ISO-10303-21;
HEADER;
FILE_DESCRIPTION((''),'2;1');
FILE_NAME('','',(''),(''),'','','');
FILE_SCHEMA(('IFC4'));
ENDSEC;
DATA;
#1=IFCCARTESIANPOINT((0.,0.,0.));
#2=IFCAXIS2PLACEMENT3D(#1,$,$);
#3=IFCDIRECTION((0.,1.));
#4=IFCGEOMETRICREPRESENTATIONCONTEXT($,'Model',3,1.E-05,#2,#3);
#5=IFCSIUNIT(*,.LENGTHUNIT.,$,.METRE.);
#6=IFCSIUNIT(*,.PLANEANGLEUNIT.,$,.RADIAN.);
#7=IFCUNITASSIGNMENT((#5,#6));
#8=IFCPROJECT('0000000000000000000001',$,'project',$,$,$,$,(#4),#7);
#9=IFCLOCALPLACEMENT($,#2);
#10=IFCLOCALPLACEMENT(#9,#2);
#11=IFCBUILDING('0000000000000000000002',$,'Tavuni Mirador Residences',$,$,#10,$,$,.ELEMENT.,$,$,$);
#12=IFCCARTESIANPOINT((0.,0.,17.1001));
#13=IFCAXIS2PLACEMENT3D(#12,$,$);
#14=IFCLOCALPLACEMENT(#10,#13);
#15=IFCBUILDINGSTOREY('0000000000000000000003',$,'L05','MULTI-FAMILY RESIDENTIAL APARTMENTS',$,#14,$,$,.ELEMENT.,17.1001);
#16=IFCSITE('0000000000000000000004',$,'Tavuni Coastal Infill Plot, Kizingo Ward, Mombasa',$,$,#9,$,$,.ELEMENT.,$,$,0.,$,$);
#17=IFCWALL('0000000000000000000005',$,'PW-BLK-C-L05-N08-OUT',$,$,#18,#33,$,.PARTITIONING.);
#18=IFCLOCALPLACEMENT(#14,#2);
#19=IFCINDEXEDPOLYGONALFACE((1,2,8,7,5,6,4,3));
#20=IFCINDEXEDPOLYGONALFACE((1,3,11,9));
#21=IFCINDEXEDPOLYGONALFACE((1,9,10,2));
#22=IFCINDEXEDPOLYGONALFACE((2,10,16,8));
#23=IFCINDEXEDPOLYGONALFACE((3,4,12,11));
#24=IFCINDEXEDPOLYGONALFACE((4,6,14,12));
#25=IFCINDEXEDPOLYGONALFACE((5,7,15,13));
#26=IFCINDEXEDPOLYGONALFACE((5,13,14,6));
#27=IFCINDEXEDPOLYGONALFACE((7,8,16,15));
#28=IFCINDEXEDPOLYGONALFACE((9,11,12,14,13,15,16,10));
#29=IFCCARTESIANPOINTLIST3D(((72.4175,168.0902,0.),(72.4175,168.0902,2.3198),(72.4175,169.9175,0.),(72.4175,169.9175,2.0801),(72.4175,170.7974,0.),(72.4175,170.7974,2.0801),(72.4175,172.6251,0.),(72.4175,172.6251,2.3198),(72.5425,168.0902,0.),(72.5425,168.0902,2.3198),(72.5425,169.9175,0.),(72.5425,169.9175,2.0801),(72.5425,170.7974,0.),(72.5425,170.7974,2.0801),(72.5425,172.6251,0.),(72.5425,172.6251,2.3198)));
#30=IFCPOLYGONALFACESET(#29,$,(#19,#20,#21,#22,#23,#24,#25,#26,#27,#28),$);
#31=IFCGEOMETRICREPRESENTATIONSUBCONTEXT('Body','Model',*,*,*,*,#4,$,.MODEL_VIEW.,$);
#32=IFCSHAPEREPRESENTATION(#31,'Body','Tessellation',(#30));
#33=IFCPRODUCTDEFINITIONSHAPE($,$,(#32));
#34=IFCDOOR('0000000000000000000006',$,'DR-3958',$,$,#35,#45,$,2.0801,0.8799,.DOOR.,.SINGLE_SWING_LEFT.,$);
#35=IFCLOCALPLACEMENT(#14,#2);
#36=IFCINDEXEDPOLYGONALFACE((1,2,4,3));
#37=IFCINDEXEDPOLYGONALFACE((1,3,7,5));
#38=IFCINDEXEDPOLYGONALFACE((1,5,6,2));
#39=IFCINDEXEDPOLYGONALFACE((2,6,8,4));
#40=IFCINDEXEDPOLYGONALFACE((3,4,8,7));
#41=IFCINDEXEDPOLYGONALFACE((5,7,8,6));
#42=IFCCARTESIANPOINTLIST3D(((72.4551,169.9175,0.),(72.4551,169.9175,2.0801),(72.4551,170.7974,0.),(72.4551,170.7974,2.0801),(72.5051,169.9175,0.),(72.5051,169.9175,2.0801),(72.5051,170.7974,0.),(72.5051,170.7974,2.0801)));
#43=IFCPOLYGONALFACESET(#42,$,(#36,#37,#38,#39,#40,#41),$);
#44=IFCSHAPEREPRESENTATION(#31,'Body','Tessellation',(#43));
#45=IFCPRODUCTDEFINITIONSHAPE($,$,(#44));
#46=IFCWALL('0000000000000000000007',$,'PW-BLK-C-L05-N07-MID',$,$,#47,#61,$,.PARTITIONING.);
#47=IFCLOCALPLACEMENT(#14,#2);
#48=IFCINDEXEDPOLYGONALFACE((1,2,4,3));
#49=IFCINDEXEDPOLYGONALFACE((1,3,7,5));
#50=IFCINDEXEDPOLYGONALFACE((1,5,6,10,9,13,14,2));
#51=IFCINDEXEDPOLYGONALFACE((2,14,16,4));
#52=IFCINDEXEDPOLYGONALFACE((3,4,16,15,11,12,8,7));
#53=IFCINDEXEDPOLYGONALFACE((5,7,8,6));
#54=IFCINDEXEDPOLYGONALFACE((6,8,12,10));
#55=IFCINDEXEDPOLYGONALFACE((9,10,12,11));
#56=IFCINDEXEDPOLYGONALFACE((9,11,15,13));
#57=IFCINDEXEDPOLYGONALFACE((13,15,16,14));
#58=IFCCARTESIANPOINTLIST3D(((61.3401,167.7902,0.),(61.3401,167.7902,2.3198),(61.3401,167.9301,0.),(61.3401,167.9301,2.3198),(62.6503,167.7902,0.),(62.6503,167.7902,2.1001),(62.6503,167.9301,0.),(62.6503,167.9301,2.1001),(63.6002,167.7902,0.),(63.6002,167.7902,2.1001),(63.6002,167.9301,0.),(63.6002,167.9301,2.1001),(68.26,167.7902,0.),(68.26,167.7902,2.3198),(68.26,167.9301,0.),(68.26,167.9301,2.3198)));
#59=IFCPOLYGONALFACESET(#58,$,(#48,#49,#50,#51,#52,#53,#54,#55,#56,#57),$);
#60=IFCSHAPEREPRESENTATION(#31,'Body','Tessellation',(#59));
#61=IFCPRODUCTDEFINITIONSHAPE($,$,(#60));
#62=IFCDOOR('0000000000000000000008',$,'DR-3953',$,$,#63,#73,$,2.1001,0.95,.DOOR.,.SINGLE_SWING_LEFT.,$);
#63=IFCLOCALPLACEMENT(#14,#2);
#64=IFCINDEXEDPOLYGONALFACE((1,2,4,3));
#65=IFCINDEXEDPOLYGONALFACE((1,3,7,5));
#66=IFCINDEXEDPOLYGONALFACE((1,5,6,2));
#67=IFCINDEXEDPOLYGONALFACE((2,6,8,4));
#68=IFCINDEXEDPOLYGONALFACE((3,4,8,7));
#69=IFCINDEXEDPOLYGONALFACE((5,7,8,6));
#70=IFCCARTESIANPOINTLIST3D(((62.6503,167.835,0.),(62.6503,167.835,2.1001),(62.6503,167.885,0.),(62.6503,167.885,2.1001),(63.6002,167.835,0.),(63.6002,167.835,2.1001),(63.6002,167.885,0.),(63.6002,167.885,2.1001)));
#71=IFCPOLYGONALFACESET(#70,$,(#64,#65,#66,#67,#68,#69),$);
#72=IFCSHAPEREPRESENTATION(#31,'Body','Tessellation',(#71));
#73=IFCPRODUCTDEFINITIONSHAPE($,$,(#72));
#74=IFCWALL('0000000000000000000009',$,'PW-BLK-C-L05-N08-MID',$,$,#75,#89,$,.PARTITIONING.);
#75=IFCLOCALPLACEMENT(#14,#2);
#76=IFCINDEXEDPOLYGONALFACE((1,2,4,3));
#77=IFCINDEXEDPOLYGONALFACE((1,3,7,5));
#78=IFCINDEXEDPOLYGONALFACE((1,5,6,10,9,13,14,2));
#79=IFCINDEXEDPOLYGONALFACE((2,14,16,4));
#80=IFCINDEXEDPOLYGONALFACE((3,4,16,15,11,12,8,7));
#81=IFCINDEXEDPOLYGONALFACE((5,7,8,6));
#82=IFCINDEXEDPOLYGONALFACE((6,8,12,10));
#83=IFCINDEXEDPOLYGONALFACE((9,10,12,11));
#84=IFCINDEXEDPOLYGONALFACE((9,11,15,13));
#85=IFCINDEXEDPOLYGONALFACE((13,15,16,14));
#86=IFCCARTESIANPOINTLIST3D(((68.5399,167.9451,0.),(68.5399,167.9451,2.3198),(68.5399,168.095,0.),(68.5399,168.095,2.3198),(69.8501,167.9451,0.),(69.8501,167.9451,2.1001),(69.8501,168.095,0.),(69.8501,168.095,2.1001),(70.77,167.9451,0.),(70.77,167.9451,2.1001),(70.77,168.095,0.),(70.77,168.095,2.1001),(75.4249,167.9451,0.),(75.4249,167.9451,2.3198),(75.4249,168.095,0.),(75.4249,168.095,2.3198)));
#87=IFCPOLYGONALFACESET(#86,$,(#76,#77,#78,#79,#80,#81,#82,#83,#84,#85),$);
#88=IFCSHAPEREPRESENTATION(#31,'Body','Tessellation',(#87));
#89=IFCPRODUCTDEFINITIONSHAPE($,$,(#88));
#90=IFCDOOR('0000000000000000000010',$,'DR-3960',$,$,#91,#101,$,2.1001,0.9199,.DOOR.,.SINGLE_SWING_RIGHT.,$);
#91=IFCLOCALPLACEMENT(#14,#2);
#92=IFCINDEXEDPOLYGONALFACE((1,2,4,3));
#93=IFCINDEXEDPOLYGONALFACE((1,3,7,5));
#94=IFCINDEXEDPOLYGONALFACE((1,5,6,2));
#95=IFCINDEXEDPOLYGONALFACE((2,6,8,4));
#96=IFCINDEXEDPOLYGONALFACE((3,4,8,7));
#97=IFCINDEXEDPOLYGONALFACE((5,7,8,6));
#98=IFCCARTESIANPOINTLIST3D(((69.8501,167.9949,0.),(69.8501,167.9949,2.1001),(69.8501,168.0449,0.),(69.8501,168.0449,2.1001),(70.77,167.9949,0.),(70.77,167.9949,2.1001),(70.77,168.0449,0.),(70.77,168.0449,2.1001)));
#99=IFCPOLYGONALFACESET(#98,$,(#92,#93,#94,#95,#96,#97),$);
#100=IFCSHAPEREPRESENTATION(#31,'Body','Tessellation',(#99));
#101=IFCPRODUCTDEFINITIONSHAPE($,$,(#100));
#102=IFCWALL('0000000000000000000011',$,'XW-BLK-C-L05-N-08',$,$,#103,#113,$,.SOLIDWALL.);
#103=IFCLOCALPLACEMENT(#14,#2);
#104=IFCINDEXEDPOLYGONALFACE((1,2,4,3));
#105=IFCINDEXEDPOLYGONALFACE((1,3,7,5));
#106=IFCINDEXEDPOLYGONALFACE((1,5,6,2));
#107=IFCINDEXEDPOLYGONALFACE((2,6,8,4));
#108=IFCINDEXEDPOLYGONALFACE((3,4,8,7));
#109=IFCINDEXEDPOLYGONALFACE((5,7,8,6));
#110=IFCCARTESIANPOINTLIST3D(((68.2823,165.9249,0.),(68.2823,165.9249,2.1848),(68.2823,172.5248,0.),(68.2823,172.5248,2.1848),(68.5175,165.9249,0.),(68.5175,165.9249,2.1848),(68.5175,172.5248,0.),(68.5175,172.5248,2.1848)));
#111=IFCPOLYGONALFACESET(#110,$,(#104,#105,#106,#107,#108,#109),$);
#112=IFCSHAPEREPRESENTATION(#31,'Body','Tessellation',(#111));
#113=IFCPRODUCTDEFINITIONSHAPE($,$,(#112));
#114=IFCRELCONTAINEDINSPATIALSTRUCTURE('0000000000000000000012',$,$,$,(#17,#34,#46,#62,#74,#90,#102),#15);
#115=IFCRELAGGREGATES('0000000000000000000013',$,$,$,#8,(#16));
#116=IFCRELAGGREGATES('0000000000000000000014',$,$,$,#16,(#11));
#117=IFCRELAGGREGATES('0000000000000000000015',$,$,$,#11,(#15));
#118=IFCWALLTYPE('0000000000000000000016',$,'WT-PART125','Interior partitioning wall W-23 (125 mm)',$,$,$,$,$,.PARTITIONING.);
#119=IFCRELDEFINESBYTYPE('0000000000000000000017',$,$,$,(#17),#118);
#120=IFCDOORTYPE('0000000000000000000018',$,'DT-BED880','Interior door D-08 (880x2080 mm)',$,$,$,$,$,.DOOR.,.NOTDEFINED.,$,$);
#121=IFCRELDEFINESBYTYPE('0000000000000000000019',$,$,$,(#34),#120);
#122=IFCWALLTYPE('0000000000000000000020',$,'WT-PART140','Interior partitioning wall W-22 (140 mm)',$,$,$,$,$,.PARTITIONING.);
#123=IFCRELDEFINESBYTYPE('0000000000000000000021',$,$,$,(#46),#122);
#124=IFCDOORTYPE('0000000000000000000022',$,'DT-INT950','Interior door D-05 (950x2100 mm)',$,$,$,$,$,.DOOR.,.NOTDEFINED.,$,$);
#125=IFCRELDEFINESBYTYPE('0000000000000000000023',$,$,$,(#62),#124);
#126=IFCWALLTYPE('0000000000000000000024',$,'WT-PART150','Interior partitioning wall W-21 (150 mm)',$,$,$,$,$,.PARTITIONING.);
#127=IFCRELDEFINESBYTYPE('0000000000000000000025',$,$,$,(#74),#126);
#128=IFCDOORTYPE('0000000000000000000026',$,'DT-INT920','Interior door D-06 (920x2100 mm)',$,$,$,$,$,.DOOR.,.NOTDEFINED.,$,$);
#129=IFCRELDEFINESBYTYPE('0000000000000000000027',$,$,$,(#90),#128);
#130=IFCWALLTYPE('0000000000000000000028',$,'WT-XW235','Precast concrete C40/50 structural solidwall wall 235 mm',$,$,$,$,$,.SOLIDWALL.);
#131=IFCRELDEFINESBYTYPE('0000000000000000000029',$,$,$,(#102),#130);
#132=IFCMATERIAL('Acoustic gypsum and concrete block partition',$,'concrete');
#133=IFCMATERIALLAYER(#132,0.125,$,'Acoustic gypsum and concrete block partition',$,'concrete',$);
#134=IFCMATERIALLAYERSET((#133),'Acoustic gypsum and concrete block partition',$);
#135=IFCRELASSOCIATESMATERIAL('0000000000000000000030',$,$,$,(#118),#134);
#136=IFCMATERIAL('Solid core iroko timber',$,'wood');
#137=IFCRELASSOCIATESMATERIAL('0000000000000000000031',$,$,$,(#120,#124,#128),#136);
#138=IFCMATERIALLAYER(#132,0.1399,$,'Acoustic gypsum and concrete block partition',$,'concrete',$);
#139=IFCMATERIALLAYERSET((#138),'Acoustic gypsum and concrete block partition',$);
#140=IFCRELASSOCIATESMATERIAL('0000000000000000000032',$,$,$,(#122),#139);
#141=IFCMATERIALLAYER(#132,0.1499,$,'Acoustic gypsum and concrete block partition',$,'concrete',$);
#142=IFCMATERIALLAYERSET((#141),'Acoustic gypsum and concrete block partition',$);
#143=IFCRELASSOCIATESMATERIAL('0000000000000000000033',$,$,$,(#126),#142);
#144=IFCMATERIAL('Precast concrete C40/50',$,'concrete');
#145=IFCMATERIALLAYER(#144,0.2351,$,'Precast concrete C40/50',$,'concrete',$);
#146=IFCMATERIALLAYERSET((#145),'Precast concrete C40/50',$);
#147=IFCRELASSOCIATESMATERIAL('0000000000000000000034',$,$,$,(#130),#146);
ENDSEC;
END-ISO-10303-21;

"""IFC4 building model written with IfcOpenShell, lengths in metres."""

from ifc_helpers import new_model, si_unit, direction, frame, frame_2d, origin, place, context, subcontext, project, spatial, rectangle, extrude, material, layer, layer_set, type_object, element, fill, save


model = new_model("IFC4")

# Units and contexts
model_context = context("Model", 3, precision=1e-05, world=origin(), true_north=direction((0.0, 1.0)))
body_context = subcontext(model_context, "Body", "Model", "MODEL_VIEW")
ifc_project = project(units=[si_unit("LENGTHUNIT", "METRE"), si_unit("PLANEANGLEUNIT", "RADIAN")], contexts=[model_context])

# Site, building, storey
site_placement = place(None, origin())
site = spatial("IfcSite", under=ifc_project, at=site_placement, Name="Tavuni Coastal Infill Plot, Kizingo Ward, Mombasa", CompositionType="ELEMENT", RefElevation=0.0)
building_placement = place(site_placement, origin())
building = spatial("IfcBuilding", under=site, at=building_placement, Name="Tavuni Mirador Residences", CompositionType="ELEMENT")
storey_placement = place(building_placement, frame((0.0, 0.0, 17.1001)))
storey = spatial("IfcBuildingStorey", under=building, at=storey_placement, Name="L05", Description="MULTI-FAMILY RESIDENTIAL APARTMENTS", CompositionType="ELEMENT", Elevation=17.1001)

# Shared definitions
ifc_material_1 = material(Name="Precast concrete C40/50", Category="concrete")

# Walls, openings, doors
ifc_material_2 = material(Name="Acoustic gypsum and concrete block partition", Category="concrete")
ifc_material_3 = material(Name="Solid core iroko timber", Category="wood")
ifc_layer_1 = layer(ifc_material_2, 0.125, Name="Acoustic gypsum and concrete block partition", Category="concrete")
ifc_layer_set_1 = layer_set([ifc_layer_1], Name="Acoustic gypsum and concrete block partition")
wall_type_1 = type_object("IfcWallType", Name="WT-PART125", Description="Interior partitioning wall W-23 (125 mm)", PredefinedType="PARTITIONING", material=ifc_layer_set_1)
wall_1_placement = place(storey_placement, frame((72.48, 168.0901, 0.0), z_axis=(0.0, 0.0, 1.0), x_axis=(0.0, 1.0, 0.0)))
wall_1 = element("IfcWall", 1, at=wall_1_placement, inside=storey, type_object=wall_type_1, Name="PW-BLK-C-L05-N08-OUT", PredefinedType="PARTITIONING", context=body_context, shape_type="SweptSolid", body=[
    extrude(rectangle(XDim=4.5349, YDim=0.125, at=frame_2d((2.2676, 0.0))), origin(), (0.0, 0.0, 1.0), 2.3198),
])
opening_1_placement = place(wall_1_placement, frame((1.8274, 0.0, 0.0)))
opening_1 = element("IfcOpeningElement", 2, at=opening_1_placement, cuts=wall_1, PredefinedType="OPENING", context=body_context, shape_type="SweptSolid", body=[
    extrude(rectangle(XDim=0.8799, YDim=2.0801, at=frame_2d((0.4399, 1.04))), frame((0.0, 0.0725, 0.0), z_axis=(0.0, -1.0, 0.0), x_axis=(1.0, 0.0, 0.0)), (0.0, 0.0, 1.0), 0.145),
])
door_type_1 = type_object("IfcDoorType", Name="DT-BED880", Description="Interior door D-08 (880x2080 mm)", OperationType="NOTDEFINED", PredefinedType="DOOR", material=ifc_material_3)
door_1_placement = place(opening_1_placement, origin())
door_1 = element("IfcDoor", 3, at=door_1_placement, inside=storey, type_object=door_type_1, Name="DR-3958", OperationType="SINGLE_SWING_LEFT", OverallHeight=2.0801, OverallWidth=0.8799, PredefinedType="DOOR", context=body_context, shape_type="SweptSolid", body=[
    extrude(rectangle(XDim=0.8799, YDim=2.0801, at=frame_2d((0.4399, 1.04))), frame((0.0, 0.0249, 0.0), z_axis=(0.0, -1.0, 0.0), x_axis=(1.0, 0.0, 0.0)), (0.0, 0.0, 1.0), 0.05),
])
fill(opening_1, door_1)
ifc_layer_2 = layer(ifc_material_2, 0.1399, Name="Acoustic gypsum and concrete block partition", Category="concrete")
ifc_layer_set_2 = layer_set([ifc_layer_2], Name="Acoustic gypsum and concrete block partition")
wall_type_2 = type_object("IfcWallType", Name="WT-PART140", Description="Interior partitioning wall W-22 (140 mm)", PredefinedType="PARTITIONING", material=ifc_layer_set_2)
wall_2_placement = place(storey_placement, frame((61.3401, 167.8601, 0.0), z_axis=(0.0, 0.0, 1.0), x_axis=(1.0, 0.0, 0.0)))
wall_2 = element("IfcWall", 4, at=wall_2_placement, inside=storey, type_object=wall_type_2, Name="PW-BLK-C-L05-N07-MID", PredefinedType="PARTITIONING", context=body_context, shape_type="SweptSolid", body=[
    extrude(rectangle(XDim=6.9199, YDim=0.1399, at=frame_2d((3.46, 0.0))), origin(), (0.0, 0.0, 1.0), 2.3198),
])
opening_2_placement = place(wall_2_placement, frame((1.3101, 0.0, 0.0)))
opening_2 = element("IfcOpeningElement", 5, at=opening_2_placement, cuts=wall_2, PredefinedType="OPENING", context=body_context, shape_type="SweptSolid", body=[
    extrude(rectangle(XDim=0.95, YDim=2.1001, at=frame_2d((0.4751, 1.05))), frame((0.0, 0.0801, 0.0), z_axis=(0.0, -1.0, 0.0), x_axis=(1.0, 0.0, 0.0)), (0.0, 0.0, 1.0), 0.1599),
])
door_type_2 = type_object("IfcDoorType", Name="DT-INT950", Description="Interior door D-05 (950x2100 mm)", OperationType="NOTDEFINED", PredefinedType="DOOR", material=ifc_material_3)
door_2_placement = place(opening_2_placement, origin())
door_2 = element("IfcDoor", 6, at=door_2_placement, inside=storey, type_object=door_type_2, Name="DR-3953", OperationType="SINGLE_SWING_LEFT", OverallHeight=2.1001, OverallWidth=0.95, PredefinedType="DOOR", context=body_context, shape_type="SweptSolid", body=[
    extrude(rectangle(XDim=0.95, YDim=2.1001, at=frame_2d((0.4751, 1.05))), frame((0.0, 0.0249, 0.0), z_axis=(0.0, -1.0, 0.0), x_axis=(1.0, 0.0, 0.0)), (0.0, 0.0, 1.0), 0.05),
])
fill(opening_2, door_2)
ifc_layer_3 = layer(ifc_material_2, 0.1499, Name="Acoustic gypsum and concrete block partition", Category="concrete")
ifc_layer_set_3 = layer_set([ifc_layer_3], Name="Acoustic gypsum and concrete block partition")
wall_type_3 = type_object("IfcWallType", Name="WT-PART150", Description="Interior partitioning wall W-21 (150 mm)", PredefinedType="PARTITIONING", material=ifc_layer_set_3)
wall_3_placement = place(storey_placement, frame((68.54, 168.02, 0.0), z_axis=(0.0, 0.0, 1.0), x_axis=(1.0, 0.0, 0.0)))
wall_3 = element("IfcWall", 7, at=wall_3_placement, inside=storey, type_object=wall_type_3, Name="PW-BLK-C-L05-N08-MID", PredefinedType="PARTITIONING", context=body_context, shape_type="SweptSolid", body=[
    extrude(rectangle(XDim=6.885, YDim=0.1499, at=frame_2d((3.4424, 0.0))), origin(), (0.0, 0.0, 1.0), 2.3198),
])
opening_3_placement = place(wall_3_placement, frame((1.3101, 0.0, 0.0)))
opening_3 = element("IfcOpeningElement", 8, at=opening_3_placement, cuts=wall_3, PredefinedType="OPENING", context=body_context, shape_type="SweptSolid", body=[
    extrude(rectangle(XDim=0.9199, YDim=2.1001, at=frame_2d((0.46, 1.05))), frame((0.0, 0.085, 0.0), z_axis=(0.0, -1.0, 0.0), x_axis=(1.0, 0.0, 0.0)), (0.0, 0.0, 1.0), 0.1699),
])
door_type_3 = type_object("IfcDoorType", Name="DT-INT920", Description="Interior door D-06 (920x2100 mm)", OperationType="NOTDEFINED", PredefinedType="DOOR", material=ifc_material_3)
door_3_placement = place(opening_3_placement, origin())
door_3 = element("IfcDoor", 9, at=door_3_placement, inside=storey, type_object=door_type_3, Name="DR-3960", OperationType="SINGLE_SWING_RIGHT", OverallHeight=2.1001, OverallWidth=0.9199, PredefinedType="DOOR", context=body_context, shape_type="SweptSolid", body=[
    extrude(rectangle(XDim=0.9199, YDim=2.1001, at=frame_2d((0.46, 1.05))), frame((0.0, 0.0249, 0.0), z_axis=(0.0, -1.0, 0.0), x_axis=(1.0, 0.0, 0.0)), (0.0, 0.0, 1.0), 0.05),
])
fill(opening_3, door_3)

# Wall
ifc_layer_4 = layer(ifc_material_1, 0.2351, Name="Precast concrete C40/50", Category="concrete")
ifc_layer_set_4 = layer_set([ifc_layer_4], Name="Precast concrete C40/50")
wall_type_4 = type_object("IfcWallType", Name="WT-XW235", Description="Precast concrete C40/50 structural solidwall wall 235 mm", PredefinedType="SOLIDWALL", material=ifc_layer_set_4)
wall_4_placement = place(storey_placement, frame((68.3999, 165.925, 0.0), z_axis=(0.0, 0.0, 1.0), x_axis=(0.0, 1.0, 0.0)))
element("IfcWall", 10, at=wall_4_placement, inside=storey, type_object=wall_type_4, Name="XW-BLK-C-L05-N-08", PredefinedType="SOLIDWALL", context=body_context, shape_type="SweptSolid", body=[
    extrude(rectangle(XDim=6.5999, YDim=0.2351, at=frame_2d((3.2998, 0.0))), origin(), (0.0, 0.0, 1.0), 2.1848),
])

save(model, "model.ifc")
